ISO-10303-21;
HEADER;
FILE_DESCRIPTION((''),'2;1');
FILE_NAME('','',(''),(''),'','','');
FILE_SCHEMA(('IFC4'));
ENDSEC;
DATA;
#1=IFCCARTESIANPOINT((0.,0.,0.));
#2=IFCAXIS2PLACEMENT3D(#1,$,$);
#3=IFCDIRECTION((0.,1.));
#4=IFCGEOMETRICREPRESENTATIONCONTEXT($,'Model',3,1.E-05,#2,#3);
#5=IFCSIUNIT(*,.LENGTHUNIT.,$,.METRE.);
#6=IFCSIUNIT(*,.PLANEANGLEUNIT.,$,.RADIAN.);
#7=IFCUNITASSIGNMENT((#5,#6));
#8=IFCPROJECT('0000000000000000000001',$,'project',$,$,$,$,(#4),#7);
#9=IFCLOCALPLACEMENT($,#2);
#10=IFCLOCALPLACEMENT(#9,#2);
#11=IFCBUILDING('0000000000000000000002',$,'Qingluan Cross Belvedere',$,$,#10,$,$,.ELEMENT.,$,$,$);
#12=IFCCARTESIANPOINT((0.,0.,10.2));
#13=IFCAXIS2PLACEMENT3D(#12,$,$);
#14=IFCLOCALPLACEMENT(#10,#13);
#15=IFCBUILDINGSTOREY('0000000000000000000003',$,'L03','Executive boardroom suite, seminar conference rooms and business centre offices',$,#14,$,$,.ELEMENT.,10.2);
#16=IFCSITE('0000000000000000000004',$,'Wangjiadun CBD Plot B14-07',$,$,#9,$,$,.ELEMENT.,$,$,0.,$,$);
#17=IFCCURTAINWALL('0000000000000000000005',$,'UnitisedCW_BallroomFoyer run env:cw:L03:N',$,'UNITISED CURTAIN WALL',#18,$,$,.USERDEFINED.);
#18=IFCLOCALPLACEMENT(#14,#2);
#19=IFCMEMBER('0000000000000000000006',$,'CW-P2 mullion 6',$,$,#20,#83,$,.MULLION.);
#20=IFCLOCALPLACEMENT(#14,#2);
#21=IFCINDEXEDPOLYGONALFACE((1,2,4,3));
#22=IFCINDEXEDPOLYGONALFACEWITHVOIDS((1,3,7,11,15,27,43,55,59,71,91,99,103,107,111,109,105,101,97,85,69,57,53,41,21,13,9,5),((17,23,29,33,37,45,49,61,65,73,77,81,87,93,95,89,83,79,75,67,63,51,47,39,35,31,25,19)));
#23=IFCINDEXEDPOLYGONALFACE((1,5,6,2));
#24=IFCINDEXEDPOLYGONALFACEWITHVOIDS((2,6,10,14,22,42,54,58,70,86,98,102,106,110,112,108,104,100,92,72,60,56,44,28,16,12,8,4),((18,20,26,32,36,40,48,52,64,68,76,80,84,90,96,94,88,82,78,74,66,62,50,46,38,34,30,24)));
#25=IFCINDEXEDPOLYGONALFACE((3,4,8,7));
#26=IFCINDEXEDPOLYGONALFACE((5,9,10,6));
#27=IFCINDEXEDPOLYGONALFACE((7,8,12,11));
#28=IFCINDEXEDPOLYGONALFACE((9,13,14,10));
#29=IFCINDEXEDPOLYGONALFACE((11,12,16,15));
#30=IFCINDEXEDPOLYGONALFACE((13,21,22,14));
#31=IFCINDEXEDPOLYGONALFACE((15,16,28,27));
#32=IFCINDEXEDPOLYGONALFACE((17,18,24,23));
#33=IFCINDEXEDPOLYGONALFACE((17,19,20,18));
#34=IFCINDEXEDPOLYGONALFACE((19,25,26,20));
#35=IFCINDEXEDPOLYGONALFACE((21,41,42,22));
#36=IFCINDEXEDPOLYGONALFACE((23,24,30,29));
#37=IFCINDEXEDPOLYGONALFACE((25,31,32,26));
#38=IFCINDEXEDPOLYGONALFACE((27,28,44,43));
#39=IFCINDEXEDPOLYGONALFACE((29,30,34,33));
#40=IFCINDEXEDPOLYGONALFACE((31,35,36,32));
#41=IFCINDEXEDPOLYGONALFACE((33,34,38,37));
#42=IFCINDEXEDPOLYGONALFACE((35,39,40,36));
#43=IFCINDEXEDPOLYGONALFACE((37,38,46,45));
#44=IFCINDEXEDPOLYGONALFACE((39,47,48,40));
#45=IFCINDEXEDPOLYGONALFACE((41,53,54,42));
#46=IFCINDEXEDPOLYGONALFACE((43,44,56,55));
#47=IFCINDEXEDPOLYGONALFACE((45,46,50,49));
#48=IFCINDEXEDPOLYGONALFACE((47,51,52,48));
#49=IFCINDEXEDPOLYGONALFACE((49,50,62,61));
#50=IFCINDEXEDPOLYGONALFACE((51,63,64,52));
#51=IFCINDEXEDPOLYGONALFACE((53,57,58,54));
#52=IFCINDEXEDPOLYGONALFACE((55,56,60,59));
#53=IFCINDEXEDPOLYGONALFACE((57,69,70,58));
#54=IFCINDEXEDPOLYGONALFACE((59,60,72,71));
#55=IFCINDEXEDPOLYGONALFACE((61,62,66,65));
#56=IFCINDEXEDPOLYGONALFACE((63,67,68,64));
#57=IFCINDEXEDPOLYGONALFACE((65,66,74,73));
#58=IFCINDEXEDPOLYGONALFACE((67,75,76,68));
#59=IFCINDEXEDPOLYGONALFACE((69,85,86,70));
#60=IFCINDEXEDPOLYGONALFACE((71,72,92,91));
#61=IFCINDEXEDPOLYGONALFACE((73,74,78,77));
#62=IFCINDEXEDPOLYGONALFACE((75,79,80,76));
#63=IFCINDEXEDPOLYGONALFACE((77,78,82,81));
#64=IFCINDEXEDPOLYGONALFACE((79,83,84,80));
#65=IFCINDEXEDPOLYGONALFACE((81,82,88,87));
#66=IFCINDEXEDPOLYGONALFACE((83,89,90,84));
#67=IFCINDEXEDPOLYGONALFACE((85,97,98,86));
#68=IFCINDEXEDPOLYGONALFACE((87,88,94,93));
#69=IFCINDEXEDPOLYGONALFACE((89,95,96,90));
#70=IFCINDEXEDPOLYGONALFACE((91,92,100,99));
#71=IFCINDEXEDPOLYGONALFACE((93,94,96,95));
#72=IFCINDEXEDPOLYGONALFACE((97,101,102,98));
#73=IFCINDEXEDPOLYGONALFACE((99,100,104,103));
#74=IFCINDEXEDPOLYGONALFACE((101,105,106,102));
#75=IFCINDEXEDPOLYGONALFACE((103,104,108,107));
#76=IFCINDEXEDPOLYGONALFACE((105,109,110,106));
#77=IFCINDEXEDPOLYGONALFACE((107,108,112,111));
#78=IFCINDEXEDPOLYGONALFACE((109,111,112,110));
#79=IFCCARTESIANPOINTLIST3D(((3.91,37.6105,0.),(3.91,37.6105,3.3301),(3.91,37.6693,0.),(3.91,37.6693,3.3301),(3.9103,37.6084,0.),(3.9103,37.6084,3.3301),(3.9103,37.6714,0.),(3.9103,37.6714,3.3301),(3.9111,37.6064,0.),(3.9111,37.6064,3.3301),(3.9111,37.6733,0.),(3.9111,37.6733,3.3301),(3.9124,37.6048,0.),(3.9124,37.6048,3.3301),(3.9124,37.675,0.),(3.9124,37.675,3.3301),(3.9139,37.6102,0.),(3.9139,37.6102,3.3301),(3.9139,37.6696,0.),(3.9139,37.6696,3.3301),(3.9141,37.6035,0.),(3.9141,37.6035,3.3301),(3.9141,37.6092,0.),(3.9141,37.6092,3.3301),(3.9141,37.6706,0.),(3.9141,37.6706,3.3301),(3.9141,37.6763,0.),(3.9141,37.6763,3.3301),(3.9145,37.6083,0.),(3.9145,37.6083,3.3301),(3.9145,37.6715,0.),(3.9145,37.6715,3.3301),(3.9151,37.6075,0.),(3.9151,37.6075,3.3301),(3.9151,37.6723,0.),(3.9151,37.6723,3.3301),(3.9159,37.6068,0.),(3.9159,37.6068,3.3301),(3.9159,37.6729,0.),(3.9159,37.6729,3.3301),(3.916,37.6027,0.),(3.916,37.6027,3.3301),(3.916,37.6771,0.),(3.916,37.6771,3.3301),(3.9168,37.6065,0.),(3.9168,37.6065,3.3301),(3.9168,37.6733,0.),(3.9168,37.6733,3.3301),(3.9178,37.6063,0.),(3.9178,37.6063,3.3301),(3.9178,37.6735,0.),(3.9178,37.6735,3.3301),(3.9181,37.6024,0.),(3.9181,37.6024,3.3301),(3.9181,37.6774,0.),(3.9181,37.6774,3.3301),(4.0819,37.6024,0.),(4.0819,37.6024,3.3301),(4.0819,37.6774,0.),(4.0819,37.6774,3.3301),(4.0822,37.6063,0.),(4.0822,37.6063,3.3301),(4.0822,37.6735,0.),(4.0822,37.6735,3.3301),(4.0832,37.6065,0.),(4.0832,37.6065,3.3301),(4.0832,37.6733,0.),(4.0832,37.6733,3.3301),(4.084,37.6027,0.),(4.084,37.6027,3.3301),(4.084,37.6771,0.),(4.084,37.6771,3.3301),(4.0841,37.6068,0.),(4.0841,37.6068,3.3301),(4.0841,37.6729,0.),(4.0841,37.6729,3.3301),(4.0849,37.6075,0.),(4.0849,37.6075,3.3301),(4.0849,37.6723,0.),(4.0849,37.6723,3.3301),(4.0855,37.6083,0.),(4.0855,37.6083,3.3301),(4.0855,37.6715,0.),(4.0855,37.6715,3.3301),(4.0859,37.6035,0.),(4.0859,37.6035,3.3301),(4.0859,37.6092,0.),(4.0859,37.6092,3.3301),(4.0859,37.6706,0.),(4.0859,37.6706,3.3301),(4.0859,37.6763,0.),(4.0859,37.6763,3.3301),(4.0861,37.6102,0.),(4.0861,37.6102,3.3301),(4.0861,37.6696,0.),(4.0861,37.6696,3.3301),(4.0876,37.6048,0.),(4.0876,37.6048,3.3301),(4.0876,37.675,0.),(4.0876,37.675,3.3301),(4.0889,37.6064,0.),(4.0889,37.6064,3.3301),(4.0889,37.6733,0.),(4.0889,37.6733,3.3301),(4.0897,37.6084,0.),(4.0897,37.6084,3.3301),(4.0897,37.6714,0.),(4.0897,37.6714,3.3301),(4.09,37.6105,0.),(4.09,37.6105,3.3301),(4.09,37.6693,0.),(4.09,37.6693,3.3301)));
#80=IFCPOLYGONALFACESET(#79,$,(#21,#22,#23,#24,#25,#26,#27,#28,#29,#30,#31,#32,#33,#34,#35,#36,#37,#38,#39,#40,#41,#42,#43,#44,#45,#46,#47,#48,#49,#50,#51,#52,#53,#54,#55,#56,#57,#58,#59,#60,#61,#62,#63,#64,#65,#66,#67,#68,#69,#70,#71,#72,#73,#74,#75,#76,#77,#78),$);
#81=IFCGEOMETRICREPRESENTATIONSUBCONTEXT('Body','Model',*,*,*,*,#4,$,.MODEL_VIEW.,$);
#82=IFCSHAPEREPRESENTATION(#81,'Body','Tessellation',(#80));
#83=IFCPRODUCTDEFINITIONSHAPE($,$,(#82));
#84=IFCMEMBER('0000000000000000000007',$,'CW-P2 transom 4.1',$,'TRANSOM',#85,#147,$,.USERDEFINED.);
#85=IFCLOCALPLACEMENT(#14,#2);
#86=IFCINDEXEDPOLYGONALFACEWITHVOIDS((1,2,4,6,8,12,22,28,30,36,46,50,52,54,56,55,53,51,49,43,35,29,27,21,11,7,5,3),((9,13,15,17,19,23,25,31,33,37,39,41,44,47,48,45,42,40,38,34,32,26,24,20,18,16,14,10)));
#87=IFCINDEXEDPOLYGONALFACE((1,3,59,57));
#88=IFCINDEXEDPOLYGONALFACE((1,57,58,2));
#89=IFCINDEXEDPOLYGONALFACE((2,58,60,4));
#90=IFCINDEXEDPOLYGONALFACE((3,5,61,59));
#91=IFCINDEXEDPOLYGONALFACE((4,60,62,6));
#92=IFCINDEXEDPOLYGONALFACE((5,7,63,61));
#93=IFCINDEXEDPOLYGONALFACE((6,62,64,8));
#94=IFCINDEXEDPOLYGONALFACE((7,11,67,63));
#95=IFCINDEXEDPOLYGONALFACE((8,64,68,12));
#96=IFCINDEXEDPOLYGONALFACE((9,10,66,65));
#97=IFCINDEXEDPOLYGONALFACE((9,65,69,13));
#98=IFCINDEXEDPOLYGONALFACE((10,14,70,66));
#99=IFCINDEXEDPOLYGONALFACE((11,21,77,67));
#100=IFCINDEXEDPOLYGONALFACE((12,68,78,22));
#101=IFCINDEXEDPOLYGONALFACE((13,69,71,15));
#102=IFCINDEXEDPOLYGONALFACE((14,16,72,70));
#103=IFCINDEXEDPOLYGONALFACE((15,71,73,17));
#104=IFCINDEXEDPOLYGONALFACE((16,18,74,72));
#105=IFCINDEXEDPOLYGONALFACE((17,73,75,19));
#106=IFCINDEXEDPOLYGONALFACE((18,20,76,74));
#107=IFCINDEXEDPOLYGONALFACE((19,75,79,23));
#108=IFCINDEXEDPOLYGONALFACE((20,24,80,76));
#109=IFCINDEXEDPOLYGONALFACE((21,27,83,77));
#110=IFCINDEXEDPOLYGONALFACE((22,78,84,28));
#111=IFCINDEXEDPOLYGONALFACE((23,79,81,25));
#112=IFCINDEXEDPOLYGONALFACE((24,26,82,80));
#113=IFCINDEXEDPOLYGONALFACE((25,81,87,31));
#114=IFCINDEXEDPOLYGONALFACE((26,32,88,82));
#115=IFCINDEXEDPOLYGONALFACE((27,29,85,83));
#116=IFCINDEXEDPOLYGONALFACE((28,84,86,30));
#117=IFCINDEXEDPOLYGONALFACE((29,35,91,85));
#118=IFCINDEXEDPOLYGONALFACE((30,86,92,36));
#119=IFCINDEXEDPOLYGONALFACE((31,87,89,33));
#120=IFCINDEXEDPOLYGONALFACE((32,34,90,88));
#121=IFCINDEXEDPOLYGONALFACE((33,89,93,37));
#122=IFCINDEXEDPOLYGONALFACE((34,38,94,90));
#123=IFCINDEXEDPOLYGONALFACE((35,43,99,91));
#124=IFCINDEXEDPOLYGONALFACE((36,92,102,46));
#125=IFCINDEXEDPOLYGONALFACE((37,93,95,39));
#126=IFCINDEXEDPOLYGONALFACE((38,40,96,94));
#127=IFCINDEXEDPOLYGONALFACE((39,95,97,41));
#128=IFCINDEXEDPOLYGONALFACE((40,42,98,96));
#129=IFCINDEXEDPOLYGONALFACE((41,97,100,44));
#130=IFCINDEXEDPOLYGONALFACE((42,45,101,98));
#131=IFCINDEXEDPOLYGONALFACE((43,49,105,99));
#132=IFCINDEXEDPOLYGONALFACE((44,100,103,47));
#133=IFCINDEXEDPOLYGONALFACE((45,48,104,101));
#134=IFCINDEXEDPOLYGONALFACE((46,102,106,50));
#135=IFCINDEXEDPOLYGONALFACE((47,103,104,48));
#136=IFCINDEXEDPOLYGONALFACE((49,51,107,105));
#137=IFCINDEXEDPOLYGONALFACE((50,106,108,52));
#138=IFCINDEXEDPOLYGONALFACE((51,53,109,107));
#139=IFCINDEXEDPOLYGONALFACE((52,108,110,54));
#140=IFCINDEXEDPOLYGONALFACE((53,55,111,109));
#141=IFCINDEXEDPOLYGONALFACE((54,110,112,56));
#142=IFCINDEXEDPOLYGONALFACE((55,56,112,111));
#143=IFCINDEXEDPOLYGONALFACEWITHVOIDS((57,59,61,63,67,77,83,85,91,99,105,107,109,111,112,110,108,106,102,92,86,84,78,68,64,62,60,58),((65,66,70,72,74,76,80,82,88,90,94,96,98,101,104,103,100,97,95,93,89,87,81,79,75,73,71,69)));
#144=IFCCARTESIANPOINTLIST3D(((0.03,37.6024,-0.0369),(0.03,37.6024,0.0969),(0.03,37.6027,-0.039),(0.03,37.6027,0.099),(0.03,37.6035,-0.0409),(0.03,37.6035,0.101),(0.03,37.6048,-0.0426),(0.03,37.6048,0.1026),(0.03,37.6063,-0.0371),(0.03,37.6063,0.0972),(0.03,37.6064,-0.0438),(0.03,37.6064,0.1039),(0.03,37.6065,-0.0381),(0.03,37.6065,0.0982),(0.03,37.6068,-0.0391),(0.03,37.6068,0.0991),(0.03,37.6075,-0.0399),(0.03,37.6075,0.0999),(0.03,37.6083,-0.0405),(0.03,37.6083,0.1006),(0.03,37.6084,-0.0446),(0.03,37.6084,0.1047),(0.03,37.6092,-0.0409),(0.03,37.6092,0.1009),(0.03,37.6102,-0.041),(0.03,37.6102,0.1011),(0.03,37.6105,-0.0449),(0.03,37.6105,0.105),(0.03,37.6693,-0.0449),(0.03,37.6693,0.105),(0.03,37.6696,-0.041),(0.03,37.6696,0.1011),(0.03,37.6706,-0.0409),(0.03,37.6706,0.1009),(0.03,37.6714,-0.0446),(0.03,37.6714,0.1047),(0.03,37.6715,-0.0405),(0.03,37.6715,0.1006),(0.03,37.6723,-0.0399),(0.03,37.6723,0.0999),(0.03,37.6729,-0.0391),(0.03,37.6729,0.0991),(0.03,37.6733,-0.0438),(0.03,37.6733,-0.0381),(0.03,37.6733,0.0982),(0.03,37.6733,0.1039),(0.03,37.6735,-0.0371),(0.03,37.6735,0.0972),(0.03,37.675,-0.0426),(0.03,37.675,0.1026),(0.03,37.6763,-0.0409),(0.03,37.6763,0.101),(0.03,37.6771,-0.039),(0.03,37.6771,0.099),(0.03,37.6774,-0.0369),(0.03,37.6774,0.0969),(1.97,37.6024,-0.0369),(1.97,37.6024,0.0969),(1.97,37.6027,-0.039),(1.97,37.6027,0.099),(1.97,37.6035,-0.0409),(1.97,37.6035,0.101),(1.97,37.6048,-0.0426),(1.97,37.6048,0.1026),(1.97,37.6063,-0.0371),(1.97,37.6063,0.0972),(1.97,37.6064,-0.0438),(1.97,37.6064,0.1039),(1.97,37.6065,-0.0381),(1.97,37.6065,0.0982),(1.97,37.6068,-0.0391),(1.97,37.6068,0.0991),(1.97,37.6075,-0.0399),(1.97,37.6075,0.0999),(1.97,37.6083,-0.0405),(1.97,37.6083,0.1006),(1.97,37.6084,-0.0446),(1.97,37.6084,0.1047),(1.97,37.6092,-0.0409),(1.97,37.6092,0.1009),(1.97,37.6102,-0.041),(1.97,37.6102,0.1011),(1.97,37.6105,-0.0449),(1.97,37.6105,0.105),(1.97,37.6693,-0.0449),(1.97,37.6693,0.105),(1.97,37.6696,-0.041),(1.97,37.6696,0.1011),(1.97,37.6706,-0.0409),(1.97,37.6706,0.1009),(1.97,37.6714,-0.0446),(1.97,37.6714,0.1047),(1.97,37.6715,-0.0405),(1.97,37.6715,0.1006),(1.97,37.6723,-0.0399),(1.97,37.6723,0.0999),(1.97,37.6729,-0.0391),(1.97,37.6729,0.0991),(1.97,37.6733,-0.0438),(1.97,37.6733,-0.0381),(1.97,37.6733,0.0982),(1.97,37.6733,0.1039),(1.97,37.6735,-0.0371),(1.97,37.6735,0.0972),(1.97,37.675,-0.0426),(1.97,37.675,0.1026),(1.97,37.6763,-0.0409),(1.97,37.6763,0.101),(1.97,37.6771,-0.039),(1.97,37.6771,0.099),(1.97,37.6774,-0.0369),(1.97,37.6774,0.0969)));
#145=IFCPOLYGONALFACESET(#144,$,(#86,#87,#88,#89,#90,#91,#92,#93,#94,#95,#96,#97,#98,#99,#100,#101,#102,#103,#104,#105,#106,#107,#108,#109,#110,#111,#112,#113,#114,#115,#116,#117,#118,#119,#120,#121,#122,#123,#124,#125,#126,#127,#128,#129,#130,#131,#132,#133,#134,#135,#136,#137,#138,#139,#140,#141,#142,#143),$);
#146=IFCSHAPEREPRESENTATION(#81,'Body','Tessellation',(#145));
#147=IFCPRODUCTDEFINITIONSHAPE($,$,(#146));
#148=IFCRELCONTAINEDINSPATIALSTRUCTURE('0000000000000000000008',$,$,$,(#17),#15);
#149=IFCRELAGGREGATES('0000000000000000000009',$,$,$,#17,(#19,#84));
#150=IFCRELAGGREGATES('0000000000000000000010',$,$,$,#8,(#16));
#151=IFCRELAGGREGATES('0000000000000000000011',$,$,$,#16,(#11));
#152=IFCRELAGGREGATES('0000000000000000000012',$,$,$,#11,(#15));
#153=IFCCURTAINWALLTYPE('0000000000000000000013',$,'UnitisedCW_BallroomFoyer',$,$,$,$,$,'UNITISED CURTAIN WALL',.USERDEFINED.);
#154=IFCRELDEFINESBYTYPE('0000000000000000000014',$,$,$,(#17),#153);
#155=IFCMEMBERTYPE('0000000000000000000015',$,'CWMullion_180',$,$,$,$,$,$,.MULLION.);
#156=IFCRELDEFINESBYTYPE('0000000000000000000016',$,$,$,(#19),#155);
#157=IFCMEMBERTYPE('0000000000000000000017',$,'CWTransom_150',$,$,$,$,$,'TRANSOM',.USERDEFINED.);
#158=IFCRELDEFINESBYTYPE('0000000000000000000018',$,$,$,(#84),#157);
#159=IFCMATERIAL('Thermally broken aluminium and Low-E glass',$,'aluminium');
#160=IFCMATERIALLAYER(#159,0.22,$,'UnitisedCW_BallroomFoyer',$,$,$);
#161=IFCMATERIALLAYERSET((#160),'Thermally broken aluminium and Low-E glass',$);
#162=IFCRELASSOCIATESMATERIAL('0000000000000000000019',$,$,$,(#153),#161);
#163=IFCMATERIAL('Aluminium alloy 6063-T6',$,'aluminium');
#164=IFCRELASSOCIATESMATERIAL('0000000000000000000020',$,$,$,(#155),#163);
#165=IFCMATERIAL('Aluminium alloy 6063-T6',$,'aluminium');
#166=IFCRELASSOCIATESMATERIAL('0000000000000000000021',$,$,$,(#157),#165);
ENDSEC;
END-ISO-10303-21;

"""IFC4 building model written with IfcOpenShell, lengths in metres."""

from ifc_helpers import new_model, si_unit, direction, frame, origin, origin_2d, place, context, subcontext, project, spatial, hollow_rectangle, extrude, material, layer, layer_set, material_profile, profile_set, type_object, element, aggregate, save


model = new_model("IFC4")

# Units and contexts
model_context = context("Model", 3, precision=1e-05, world=origin(), true_north=direction((0.0, 1.0)))
body_context = subcontext(model_context, "Body", "Model", "MODEL_VIEW")
ifc_project = project(units=[si_unit("LENGTHUNIT", "METRE"), si_unit("PLANEANGLEUNIT", "RADIAN")], contexts=[model_context])

# Site, building, storey
site_placement = place(None, origin())
site = spatial("IfcSite", under=ifc_project, at=site_placement, Name="Wangjiadun CBD Plot B14-07", CompositionType="ELEMENT", RefElevation=0.0)
building_placement = place(site_placement, origin())
building = spatial("IfcBuilding", under=site, at=building_placement, Name="Qingluan Cross Belvedere", CompositionType="ELEMENT")
storey_placement = place(building_placement, frame((0.0, 0.0, 10.2)))
storey = spatial("IfcBuildingStorey", under=building, at=storey_placement, Name="L03", Description="Executive boardroom suite, seminar conference rooms and business centre offices", CompositionType="ELEMENT", Elevation=10.2)

# Curtain wall, members
ifc_material_1 = material(Name="Thermally broken aluminium and Low-E glass", Category="aluminium")
ifc_layer_1 = layer(ifc_material_1, 0.22, Name="UnitisedCW_BallroomFoyer")
ifc_layer_set_1 = layer_set([ifc_layer_1], Name="Thermally broken aluminium and Low-E glass")
curtain_wall_type = type_object("IfcCurtainWallType", Name="UnitisedCW_BallroomFoyer", ElementType="UNITISED CURTAIN WALL", PredefinedType="USERDEFINED", material=ifc_layer_set_1)
curtain_wall_placement = place(storey_placement, origin())
curtain_wall = element("IfcCurtainWall", 1, at=curtain_wall_placement, inside=storey, type_object=curtain_wall_type, Name="UnitisedCW_BallroomFoyer run env:cw:L03:N", ObjectType="UNITISED CURTAIN WALL", PredefinedType="USERDEFINED")
ifc_material_2 = material(Name="Aluminium alloy 6063-T6", Category="aluminium")
ifc_material_profile_1 = material_profile(ifc_material_2, hollow_rectangle(XDim=0.075, YDim=0.1799, WallThickness=0.0039, InnerFilletRadius=0.0039, OuterFilletRadius=0.0081, at=origin_2d()), Name="CWM180x75x4")
ifc_profile_set_1 = profile_set([ifc_material_profile_1], Name="Aluminium alloy 6063-T6")
member_type_1 = type_object("IfcMemberType", Name="CWMullion_180", PredefinedType="MULLION", material=ifc_profile_set_1)
member_1_placement = place(storey_placement, frame((4.0, 37.6399, 0.0), z_axis=(0.0, 0.0, 1.0), x_axis=(0.0, 1.0, 0.0)))
member_1 = element("IfcMember", 2, at=member_1_placement, type_object=member_type_1, Name="CW-P2 mullion 6", PredefinedType="MULLION", context=body_context, shape_type="SweptSolid", body=[
    extrude(hollow_rectangle(XDim=0.075, YDim=0.1799, WallThickness=0.0039, InnerFilletRadius=0.0039, OuterFilletRadius=0.0081, at=origin_2d()), origin(), (0.0, 0.0, 1.0), 3.3301),
])
ifc_material_3 = material(Name="Aluminium alloy 6063-T6", Category="aluminium")
ifc_material_profile_2 = material_profile(ifc_material_3, hollow_rectangle(XDim=0.075, YDim=0.1499, WallThickness=0.0039, InnerFilletRadius=0.0039, OuterFilletRadius=0.0081, at=origin_2d()), Name="CWT150x75x4")
ifc_profile_set_2 = profile_set([ifc_material_profile_2], Name="Aluminium alloy 6063-T6")
member_type_2 = type_object("IfcMemberType", Name="CWTransom_150", ElementType="TRANSOM", PredefinedType="USERDEFINED", material=ifc_profile_set_2)
member_2_placement = place(storey_placement, frame((0.03, 37.6399, 0.03), z_axis=(1.0, 0.0, 0.0), x_axis=(0.0, 1.0, 0.0)))
member_2 = element("IfcMember", 3, at=member_2_placement, type_object=member_type_2, Name="CW-P2 transom 4.1", ObjectType="TRANSOM", PredefinedType="USERDEFINED", context=body_context, shape_type="SweptSolid", body=[
    extrude(hollow_rectangle(XDim=0.075, YDim=0.1499, WallThickness=0.0039, InnerFilletRadius=0.0039, OuterFilletRadius=0.0081, at=origin_2d()), origin(), (0.0, 0.0, 1.0), 1.9399),
])

aggregate(curtain_wall, [member_1, member_2])

save(model, "model.ifc")
